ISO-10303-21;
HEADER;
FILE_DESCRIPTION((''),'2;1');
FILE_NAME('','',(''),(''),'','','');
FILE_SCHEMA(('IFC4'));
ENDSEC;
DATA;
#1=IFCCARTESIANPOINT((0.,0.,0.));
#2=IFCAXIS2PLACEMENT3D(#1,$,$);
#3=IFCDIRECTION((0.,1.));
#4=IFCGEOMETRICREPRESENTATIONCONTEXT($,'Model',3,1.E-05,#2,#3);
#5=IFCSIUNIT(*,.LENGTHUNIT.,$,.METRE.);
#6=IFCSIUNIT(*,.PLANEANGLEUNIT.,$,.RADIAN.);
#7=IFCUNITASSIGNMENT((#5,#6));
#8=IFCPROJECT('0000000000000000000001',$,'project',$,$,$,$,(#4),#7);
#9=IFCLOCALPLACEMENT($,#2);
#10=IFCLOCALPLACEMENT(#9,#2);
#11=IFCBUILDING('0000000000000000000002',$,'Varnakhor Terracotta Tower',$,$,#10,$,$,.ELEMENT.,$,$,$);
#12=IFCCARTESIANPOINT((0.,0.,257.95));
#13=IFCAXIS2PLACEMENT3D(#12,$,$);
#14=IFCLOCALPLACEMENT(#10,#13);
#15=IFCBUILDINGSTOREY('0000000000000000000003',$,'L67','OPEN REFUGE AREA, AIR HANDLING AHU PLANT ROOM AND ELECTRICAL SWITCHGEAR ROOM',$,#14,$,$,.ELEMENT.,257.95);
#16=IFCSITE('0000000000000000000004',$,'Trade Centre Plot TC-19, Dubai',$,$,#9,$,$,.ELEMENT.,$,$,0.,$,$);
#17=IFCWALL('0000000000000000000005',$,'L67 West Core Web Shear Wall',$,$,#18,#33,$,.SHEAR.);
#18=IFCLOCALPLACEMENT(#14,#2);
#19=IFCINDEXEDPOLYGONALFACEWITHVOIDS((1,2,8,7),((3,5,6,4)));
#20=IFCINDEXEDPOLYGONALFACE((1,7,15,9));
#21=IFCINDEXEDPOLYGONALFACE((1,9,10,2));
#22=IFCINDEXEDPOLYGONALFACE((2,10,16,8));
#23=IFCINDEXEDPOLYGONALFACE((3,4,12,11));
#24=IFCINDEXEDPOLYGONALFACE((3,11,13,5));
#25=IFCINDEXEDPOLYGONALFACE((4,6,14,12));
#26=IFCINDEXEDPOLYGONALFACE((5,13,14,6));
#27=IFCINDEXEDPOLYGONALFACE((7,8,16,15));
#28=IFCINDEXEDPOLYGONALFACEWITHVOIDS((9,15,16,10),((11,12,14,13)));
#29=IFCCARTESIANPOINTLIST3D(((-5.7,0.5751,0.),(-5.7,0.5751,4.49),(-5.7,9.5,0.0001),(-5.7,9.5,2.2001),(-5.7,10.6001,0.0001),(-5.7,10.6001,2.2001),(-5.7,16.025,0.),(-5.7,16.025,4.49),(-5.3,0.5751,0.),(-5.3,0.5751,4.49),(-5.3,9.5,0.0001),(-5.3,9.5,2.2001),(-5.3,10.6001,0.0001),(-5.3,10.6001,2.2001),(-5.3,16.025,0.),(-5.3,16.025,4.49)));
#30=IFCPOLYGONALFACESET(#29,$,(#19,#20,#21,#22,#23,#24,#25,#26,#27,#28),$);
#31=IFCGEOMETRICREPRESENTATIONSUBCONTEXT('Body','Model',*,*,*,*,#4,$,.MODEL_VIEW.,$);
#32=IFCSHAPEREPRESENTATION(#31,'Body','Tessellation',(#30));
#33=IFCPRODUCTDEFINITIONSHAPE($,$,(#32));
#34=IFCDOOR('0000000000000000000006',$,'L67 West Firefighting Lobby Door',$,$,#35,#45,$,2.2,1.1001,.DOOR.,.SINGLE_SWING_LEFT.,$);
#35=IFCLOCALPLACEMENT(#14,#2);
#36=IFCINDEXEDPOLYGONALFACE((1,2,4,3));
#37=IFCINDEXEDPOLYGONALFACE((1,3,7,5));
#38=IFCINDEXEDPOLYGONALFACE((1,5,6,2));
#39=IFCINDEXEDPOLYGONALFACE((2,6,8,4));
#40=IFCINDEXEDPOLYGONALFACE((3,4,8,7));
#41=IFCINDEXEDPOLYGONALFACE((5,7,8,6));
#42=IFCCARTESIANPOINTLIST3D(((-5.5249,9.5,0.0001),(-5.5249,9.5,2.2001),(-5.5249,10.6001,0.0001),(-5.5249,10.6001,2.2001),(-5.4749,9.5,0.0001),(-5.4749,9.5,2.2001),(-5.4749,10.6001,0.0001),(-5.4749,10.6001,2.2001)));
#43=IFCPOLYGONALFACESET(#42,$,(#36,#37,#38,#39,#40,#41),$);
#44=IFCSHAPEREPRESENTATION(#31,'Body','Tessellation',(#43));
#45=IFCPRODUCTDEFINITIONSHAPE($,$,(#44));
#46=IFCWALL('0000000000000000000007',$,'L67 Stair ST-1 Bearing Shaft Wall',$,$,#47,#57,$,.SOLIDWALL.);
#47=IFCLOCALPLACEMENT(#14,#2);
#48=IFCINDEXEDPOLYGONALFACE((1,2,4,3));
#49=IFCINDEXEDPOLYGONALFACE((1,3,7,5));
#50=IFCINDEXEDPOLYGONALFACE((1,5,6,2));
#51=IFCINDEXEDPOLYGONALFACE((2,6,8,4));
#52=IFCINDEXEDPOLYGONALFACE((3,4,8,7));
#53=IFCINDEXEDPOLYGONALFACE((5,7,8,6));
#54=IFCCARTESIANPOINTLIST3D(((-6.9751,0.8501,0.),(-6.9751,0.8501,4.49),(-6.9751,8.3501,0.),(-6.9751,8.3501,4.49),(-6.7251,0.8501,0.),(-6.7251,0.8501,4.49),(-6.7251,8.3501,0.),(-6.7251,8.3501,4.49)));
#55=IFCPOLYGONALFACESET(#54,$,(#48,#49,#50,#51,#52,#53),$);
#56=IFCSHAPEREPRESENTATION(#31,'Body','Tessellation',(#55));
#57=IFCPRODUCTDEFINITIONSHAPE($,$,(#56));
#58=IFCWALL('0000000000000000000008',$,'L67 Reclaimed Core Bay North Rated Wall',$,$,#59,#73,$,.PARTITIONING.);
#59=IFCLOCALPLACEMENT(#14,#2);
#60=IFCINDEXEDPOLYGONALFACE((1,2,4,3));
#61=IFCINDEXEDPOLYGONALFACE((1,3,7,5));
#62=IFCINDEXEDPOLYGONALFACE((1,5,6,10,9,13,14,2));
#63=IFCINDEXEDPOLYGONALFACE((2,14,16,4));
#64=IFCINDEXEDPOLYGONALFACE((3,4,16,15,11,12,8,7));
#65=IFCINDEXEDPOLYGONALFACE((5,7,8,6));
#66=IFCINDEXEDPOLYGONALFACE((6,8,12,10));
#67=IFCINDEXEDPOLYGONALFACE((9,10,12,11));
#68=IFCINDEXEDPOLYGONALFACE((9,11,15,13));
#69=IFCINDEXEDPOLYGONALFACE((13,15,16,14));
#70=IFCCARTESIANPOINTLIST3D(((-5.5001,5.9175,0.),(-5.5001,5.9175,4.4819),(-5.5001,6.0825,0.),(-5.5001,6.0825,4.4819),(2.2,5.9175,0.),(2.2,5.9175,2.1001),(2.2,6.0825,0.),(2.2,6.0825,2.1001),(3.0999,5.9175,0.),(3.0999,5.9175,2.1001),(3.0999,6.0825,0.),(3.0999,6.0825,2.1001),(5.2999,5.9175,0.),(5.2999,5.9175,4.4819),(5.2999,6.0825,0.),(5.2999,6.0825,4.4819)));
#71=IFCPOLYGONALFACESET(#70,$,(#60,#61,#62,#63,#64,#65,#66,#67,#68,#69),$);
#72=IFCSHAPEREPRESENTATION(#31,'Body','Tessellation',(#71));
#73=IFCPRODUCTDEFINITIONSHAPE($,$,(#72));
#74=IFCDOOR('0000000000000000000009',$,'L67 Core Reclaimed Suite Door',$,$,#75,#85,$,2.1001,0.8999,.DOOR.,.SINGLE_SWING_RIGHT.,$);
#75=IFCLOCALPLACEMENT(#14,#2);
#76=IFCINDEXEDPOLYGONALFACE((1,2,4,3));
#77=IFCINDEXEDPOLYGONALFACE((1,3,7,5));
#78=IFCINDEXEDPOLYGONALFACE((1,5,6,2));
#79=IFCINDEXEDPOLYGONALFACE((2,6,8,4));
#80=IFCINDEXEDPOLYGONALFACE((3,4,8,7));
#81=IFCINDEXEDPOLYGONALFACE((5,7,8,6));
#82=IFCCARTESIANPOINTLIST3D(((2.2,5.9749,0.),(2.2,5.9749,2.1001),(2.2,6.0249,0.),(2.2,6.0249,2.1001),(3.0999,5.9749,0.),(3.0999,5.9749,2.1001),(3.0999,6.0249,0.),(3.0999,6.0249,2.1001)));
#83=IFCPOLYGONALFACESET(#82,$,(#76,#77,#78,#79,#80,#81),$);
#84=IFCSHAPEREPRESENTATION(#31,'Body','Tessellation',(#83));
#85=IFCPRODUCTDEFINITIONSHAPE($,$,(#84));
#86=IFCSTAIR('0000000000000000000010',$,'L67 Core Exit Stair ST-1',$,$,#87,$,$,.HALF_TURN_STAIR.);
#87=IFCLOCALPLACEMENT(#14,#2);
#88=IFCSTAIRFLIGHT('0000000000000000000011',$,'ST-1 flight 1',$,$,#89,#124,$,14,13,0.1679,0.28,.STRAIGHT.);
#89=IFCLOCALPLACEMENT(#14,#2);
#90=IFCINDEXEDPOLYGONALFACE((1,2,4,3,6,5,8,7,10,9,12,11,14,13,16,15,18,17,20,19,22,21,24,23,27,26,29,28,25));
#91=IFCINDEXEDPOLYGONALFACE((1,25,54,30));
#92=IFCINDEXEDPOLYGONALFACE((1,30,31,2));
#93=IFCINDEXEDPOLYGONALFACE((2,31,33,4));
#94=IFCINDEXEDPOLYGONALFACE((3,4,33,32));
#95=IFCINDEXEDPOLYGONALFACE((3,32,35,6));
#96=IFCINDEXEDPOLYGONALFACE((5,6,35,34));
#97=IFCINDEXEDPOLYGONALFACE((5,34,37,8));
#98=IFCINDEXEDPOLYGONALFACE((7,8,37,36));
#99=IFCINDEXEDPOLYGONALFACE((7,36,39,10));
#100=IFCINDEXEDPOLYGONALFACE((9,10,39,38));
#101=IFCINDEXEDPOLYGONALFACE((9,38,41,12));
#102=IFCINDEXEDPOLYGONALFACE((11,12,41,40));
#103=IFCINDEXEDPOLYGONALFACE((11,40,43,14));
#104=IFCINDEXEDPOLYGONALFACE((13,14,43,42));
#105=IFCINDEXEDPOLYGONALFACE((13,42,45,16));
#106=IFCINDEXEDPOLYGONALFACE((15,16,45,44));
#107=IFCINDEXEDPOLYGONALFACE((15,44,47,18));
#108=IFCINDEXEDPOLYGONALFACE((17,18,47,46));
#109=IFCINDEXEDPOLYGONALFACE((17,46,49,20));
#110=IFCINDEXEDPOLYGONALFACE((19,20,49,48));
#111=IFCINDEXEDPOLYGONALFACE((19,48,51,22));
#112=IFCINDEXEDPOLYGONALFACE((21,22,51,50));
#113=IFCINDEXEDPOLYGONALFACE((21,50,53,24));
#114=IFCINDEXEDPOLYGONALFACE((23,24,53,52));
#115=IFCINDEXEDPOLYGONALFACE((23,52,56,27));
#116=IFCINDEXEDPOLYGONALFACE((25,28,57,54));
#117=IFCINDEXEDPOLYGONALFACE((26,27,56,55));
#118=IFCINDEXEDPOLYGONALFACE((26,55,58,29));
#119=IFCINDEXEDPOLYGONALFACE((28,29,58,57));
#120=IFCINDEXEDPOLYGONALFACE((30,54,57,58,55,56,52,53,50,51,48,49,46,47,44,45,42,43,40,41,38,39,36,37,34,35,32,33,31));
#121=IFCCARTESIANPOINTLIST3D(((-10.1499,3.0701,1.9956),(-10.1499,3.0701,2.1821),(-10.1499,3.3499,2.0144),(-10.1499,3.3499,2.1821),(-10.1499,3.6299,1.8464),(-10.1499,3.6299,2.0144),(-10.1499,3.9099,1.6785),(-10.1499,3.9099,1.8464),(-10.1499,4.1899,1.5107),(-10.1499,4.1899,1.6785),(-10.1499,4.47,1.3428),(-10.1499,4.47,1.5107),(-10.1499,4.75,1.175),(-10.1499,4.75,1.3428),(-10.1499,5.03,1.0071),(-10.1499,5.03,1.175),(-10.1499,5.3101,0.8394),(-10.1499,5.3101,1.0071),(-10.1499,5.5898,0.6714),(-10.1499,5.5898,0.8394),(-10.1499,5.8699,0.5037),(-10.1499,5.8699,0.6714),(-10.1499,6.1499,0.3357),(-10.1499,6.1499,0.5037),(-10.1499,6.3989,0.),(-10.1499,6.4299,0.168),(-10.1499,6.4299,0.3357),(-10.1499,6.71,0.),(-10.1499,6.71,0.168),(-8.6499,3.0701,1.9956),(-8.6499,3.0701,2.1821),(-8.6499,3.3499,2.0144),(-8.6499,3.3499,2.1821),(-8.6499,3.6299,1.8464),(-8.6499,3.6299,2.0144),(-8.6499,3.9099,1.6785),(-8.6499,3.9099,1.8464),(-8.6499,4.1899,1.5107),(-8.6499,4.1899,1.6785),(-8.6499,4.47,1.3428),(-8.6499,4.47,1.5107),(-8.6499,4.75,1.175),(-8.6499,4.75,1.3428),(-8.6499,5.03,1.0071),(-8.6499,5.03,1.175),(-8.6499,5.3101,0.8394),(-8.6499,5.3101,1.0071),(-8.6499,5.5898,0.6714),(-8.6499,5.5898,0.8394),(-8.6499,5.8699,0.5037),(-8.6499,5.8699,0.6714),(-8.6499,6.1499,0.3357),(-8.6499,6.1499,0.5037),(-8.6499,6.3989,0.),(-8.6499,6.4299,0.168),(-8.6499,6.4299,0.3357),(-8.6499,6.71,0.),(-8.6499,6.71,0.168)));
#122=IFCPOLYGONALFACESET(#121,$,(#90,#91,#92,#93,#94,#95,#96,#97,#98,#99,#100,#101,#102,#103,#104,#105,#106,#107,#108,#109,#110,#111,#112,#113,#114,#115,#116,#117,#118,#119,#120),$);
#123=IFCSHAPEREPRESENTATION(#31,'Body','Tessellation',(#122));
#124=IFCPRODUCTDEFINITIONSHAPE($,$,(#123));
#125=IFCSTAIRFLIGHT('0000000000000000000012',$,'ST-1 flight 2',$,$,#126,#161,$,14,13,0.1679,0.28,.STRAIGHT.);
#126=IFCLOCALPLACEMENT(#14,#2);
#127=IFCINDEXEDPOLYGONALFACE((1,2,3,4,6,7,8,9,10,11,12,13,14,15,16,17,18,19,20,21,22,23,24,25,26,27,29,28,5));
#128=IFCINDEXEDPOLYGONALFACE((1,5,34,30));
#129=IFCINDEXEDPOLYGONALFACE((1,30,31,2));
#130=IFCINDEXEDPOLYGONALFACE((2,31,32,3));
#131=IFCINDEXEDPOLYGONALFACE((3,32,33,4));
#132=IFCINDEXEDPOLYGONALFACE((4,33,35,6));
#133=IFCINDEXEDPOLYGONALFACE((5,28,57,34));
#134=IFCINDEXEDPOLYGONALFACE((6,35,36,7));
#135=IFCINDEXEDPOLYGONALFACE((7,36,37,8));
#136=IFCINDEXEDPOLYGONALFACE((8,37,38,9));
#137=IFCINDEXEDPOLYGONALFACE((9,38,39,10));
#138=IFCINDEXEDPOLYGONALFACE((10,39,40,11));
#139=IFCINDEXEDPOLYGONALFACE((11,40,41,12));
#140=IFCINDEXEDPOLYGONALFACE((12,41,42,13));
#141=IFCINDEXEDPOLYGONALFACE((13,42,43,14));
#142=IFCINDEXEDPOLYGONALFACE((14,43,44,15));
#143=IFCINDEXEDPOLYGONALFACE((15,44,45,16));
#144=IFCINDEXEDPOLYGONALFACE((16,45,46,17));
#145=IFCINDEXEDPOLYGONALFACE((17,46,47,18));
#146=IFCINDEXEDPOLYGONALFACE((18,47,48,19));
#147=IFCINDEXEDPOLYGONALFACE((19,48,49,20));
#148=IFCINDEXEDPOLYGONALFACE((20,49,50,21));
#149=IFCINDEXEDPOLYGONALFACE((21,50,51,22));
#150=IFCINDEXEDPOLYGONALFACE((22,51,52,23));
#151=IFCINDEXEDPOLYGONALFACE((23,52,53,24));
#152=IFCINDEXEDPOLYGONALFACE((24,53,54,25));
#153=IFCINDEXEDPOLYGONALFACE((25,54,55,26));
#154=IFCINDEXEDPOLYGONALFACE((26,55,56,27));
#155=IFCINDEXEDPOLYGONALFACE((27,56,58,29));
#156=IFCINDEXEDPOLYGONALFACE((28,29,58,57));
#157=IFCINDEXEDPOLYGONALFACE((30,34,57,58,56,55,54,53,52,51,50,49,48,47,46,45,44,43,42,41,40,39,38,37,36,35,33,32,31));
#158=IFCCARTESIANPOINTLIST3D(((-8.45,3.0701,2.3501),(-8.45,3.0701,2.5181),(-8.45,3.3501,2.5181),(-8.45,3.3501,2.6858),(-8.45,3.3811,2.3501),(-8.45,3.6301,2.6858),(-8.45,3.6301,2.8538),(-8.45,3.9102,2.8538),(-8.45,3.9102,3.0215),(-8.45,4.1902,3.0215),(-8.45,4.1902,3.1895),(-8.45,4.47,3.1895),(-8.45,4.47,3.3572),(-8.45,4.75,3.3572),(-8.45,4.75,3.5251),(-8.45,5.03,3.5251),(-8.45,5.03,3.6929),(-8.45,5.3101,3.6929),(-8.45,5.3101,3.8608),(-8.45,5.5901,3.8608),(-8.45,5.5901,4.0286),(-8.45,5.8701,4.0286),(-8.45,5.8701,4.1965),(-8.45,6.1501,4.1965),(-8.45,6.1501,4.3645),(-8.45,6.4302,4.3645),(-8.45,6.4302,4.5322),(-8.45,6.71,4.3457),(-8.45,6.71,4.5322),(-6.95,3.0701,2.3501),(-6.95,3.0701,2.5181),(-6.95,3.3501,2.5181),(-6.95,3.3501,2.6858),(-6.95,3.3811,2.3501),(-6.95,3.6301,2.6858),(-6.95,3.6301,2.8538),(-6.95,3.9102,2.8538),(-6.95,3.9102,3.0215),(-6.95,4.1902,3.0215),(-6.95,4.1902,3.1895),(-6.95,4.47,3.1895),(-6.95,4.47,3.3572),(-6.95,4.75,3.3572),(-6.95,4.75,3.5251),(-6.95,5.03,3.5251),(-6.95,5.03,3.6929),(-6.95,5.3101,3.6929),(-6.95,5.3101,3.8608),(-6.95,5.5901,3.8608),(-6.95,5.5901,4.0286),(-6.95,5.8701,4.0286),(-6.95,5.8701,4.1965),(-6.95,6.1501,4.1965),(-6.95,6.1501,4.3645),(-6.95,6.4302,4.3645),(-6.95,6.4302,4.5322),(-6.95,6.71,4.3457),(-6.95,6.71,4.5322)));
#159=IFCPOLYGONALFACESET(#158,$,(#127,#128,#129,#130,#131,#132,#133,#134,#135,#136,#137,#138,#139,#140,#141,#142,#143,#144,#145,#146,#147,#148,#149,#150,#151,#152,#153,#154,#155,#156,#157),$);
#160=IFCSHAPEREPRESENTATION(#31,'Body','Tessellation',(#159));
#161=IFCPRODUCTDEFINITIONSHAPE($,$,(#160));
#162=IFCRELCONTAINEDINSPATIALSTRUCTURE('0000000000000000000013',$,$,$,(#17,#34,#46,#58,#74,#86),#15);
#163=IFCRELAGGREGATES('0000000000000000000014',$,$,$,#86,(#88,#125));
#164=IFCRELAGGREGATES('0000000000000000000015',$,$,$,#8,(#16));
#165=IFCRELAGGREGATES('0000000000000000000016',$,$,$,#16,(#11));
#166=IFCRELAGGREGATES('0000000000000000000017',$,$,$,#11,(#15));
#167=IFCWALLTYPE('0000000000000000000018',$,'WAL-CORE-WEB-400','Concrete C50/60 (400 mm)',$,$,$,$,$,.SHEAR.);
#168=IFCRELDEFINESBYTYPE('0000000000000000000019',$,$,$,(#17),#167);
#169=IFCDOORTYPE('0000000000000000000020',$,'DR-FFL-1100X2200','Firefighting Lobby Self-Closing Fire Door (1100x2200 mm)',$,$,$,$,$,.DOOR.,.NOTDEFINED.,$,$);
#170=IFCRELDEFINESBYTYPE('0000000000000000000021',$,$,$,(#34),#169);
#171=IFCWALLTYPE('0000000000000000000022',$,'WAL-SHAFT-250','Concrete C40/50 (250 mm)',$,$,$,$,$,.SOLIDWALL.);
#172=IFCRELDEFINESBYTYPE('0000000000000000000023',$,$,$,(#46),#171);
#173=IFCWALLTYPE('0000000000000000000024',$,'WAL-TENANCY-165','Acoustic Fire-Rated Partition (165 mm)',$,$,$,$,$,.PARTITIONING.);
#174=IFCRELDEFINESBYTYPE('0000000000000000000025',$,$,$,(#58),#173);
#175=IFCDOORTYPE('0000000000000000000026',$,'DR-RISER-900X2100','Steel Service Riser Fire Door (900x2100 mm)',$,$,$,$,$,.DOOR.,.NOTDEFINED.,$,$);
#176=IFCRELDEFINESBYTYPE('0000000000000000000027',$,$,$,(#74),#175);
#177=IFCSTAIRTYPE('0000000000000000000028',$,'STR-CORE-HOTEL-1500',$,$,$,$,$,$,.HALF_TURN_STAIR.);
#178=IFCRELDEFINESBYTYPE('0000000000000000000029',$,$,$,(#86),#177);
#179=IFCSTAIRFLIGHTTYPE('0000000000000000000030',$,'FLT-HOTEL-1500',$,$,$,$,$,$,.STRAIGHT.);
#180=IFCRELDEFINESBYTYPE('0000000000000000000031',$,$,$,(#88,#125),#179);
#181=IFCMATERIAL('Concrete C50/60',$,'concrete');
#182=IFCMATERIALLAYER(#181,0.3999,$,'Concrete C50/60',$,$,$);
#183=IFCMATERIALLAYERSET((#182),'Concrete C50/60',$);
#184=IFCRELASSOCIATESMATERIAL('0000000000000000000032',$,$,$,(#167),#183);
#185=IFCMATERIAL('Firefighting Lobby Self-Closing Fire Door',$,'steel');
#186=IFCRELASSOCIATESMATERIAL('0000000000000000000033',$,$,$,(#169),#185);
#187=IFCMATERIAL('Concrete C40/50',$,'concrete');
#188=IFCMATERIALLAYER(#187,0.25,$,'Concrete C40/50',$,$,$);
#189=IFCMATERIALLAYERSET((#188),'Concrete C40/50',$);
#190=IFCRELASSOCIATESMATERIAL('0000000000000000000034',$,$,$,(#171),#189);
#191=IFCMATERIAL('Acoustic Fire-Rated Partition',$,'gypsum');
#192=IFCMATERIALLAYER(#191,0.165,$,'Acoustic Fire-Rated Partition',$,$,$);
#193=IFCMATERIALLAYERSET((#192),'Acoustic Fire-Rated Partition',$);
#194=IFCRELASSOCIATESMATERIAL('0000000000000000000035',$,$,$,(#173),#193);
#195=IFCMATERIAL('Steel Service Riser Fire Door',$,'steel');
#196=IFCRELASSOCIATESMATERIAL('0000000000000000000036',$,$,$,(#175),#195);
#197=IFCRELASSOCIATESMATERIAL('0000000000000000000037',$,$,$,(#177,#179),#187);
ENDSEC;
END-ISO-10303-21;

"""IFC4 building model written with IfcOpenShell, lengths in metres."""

from ifc_helpers import new_model, si_unit, direction, frame, frame_2d, origin, place, context, subcontext, project, spatial, polyline, rectangle, outline, extrude, source, transform, mapped, material, layer, layer_set, type_object, type_shapes, element, fill, aggregate, save


model = new_model("IFC4")

# Units and contexts
model_context = context("Model", 3, precision=1e-05, world=origin(), true_north=direction((0.0, 1.0)))
body_context = subcontext(model_context, "Body", "Model", "MODEL_VIEW")
ifc_project = project(units=[si_unit("LENGTHUNIT", "METRE"), si_unit("PLANEANGLEUNIT", "RADIAN")], contexts=[model_context])

# Site, building, storey
site_placement = place(None, origin())
site = spatial("IfcSite", under=ifc_project, at=site_placement, Name="Trade Centre Plot TC-19, Dubai", CompositionType="ELEMENT", RefElevation=0.0)
building_placement = place(site_placement, origin())
building = spatial("IfcBuilding", under=site, at=building_placement, Name="Varnakhor Terracotta Tower", CompositionType="ELEMENT")
storey_placement = place(building_placement, frame((0.0, 0.0, 257.95)))
storey = spatial("IfcBuildingStorey", under=building, at=storey_placement, Name="L67", Description="OPEN REFUGE AREA, AIR HANDLING AHU PLANT ROOM AND ELECTRICAL SWITCHGEAR ROOM", CompositionType="ELEMENT", Elevation=257.95)

# Shared definitions
ifc_material_1 = material(Name="Concrete C50/60", Category="concrete")

# Wall, opening, door
ifc_layer_1 = layer(ifc_material_1, 0.3999, Name="Concrete C50/60")
ifc_layer_set_1 = layer_set([ifc_layer_1], Name="Concrete C50/60")
wall_type_1 = type_object("IfcWallType", Name="WAL-CORE-WEB-400", Description="Concrete C50/60 (400 mm)", PredefinedType="SHEAR", material=ifc_layer_set_1)
wall_1_placement = place(storey_placement, frame((-5.5, 0.575, 0.0), z_axis=(0.0, 0.0, 1.0), x_axis=(0.0, 1.0, 0.0)))
wall_1 = element("IfcWall", 1, at=wall_1_placement, inside=storey, type_object=wall_type_1, Name="L67 West Core Web Shear Wall", PredefinedType="SHEAR", context=body_context, shape_type="SweptSolid", body=[
    extrude(rectangle(XDim=15.45, YDim=0.3999, at=frame_2d((7.7251, 0.0))), origin(), (0.0, 0.0, 1.0), 4.49),
])
opening_1_placement = place(wall_1_placement, frame((8.925, 0.0, 0.0)))
opening_1 = element("IfcOpeningElement", 2, at=opening_1_placement, cuts=wall_1, PredefinedType="OPENING", context=body_context, shape_type="SweptSolid", body=[
    extrude(rectangle(XDim=1.1001, YDim=2.2, at=frame_2d((0.55, 1.1001))), frame((0.0, 0.21, 0.0), z_axis=(0.0, -1.0, 0.0), x_axis=(1.0, 0.0, 0.0)), (0.0, 0.0, 1.0), 0.4199),
])
ifc_material_2 = material(Name="Firefighting Lobby Self-Closing Fire Door", Category="steel")
door_type_1 = type_object("IfcDoorType", Name="DR-FFL-1100X2200", Description="Firefighting Lobby Self-Closing Fire Door (1100x2200 mm)", OperationType="NOTDEFINED", PredefinedType="DOOR", material=ifc_material_2)
shared_shape_1 = source(origin(), body_context, "Body", "SweptSolid", [
    extrude(rectangle(XDim=1.1001, YDim=2.2, at=frame_2d((0.55, 1.1001))), frame((0.0, 0.0249, 0.0), z_axis=(0.0, -1.0, 0.0), x_axis=(1.0, 0.0, 0.0)), (0.0, 0.0, 1.0), 0.05),
])
type_shapes(door_type_1, [shared_shape_1])
door_1_placement = place(opening_1_placement, origin())
door_1 = element("IfcDoor", 3, at=door_1_placement, inside=storey, type_object=door_type_1, Name="L67 West Firefighting Lobby Door", OperationType="SINGLE_SWING_LEFT", OverallHeight=2.2, OverallWidth=1.1001, PredefinedType="DOOR", context=body_context, shape_type="MappedRepresentation", body=[
    mapped(shared_shape_1, transform((0.0, 0.0, 0.0), scale=1.0)),
])
fill(opening_1, door_1)

# Wall
ifc_material_3 = material(Name="Concrete C40/50", Category="concrete")
ifc_layer_2 = layer(ifc_material_3, 0.25, Name="Concrete C40/50")
ifc_layer_set_2 = layer_set([ifc_layer_2], Name="Concrete C40/50")
wall_type_2 = type_object("IfcWallType", Name="WAL-SHAFT-250", Description="Concrete C40/50 (250 mm)", PredefinedType="SOLIDWALL", material=ifc_layer_set_2)
wall_2_placement = place(storey_placement, frame((-6.8501, 0.8501, 0.0), z_axis=(0.0, 0.0, 1.0), x_axis=(0.0, 1.0, 0.0)))
element("IfcWall", 4, at=wall_2_placement, inside=storey, type_object=wall_type_2, Name="L67 Stair ST-1 Bearing Shaft Wall", PredefinedType="SOLIDWALL", context=body_context, shape_type="SweptSolid", body=[
    extrude(rectangle(XDim=7.5, YDim=0.25, at=frame_2d((3.75, 0.0))), origin(), (0.0, 0.0, 1.0), 4.49),
])

# Wall, opening, door
ifc_material_4 = material(Name="Acoustic Fire-Rated Partition", Category="gypsum")
ifc_layer_3 = layer(ifc_material_4, 0.165, Name="Acoustic Fire-Rated Partition")
ifc_layer_set_3 = layer_set([ifc_layer_3], Name="Acoustic Fire-Rated Partition")
wall_type_3 = type_object("IfcWallType", Name="WAL-TENANCY-165", Description="Acoustic Fire-Rated Partition (165 mm)", PredefinedType="PARTITIONING", material=ifc_layer_set_3)
wall_3_placement = place(storey_placement, frame((-5.5, 6.0, 0.0), z_axis=(0.0, 0.0, 1.0), x_axis=(1.0, 0.0, 0.0)))
wall_3 = element("IfcWall", 5, at=wall_3_placement, inside=storey, type_object=wall_type_3, Name="L67 Reclaimed Core Bay North Rated Wall", PredefinedType="PARTITIONING", context=body_context, shape_type="SweptSolid", body=[
    extrude(rectangle(XDim=10.8, YDim=0.165, at=frame_2d((5.3999, 0.0))), origin(), (0.0, 0.0, 1.0), 4.4819),
])
opening_2_placement = place(wall_3_placement, frame((7.7, 0.0, 0.0)))
opening_2 = element("IfcOpeningElement", 6, at=opening_2_placement, cuts=wall_3, PredefinedType="OPENING", context=body_context, shape_type="SweptSolid", body=[
    extrude(rectangle(XDim=0.8999, YDim=2.1001, at=frame_2d((0.45, 1.05))), frame((0.0, 0.0925, 0.0), z_axis=(0.0, -1.0, 0.0), x_axis=(1.0, 0.0, 0.0)), (0.0, 0.0, 1.0), 0.1851),
])
ifc_material_5 = material(Name="Steel Service Riser Fire Door", Category="steel")
door_type_2 = type_object("IfcDoorType", Name="DR-RISER-900X2100", Description="Steel Service Riser Fire Door (900x2100 mm)", OperationType="NOTDEFINED", PredefinedType="DOOR", material=ifc_material_5)
shared_shape_2 = source(origin(), body_context, "Body", "SweptSolid", [
    extrude(rectangle(XDim=0.8999, YDim=2.1001, at=frame_2d((0.45, 1.05))), frame((0.0, 0.0249, 0.0), z_axis=(0.0, -1.0, 0.0), x_axis=(1.0, 0.0, 0.0)), (0.0, 0.0, 1.0), 0.05),
])
type_shapes(door_type_2, [shared_shape_2])
door_2_placement = place(opening_2_placement, origin())
door_2 = element("IfcDoor", 7, at=door_2_placement, inside=storey, type_object=door_type_2, Name="L67 Core Reclaimed Suite Door", OperationType="SINGLE_SWING_RIGHT", OverallHeight=2.1001, OverallWidth=0.8999, PredefinedType="DOOR", context=body_context, shape_type="MappedRepresentation", body=[
    mapped(shared_shape_2, transform((0.0, 0.0, 0.0), scale=1.0)),
])
fill(opening_2, door_2)

# Stair, stair flights
stair_type = type_object("IfcStairType", Name="STR-CORE-HOTEL-1500", PredefinedType="HALF_TURN_STAIR", material=ifc_material_3)
stair_placement = place(storey_placement, origin())
stair = element("IfcStair", 8, at=stair_placement, inside=storey, type_object=stair_type, Name="L67 Core Exit Stair ST-1", PredefinedType="HALF_TURN_STAIR")
stair_flight_type = type_object("IfcStairFlightType", Name="FLT-HOTEL-1500", PredefinedType="STRAIGHT", material=ifc_material_3)
stair_flight_1_placement = place(storey_placement, frame((-9.3999, 6.71, 0.0), z_axis=(0.0, 0.0, 1.0), x_axis=(0.0, -1.0, 0.0)))
stair_flight_1 = element("IfcStairFlight", 9, at=stair_flight_1_placement, type_object=stair_flight_type, Name="ST-1 flight 1", NumberOfRisers=14, NumberOfTreads=13, PredefinedType="STRAIGHT", RiserHeight=0.1679, TreadLength=0.28, context=body_context, shape_type="SweptSolid", body=[
    extrude(outline(polyline([(0.0, 0.0), (0.0, 0.168), (0.28, 0.168), (0.28, 0.3357), (0.5601, 0.3357), (0.5601, 0.5037), (0.8401, 0.5037), (0.8401, 0.6714), (1.1201, 0.6714), (1.1201, 0.8394), (1.3999, 0.8394), (1.3999, 1.0071), (1.6799, 1.0071), (1.6799, 1.175), (1.96, 1.175), (1.96, 1.3428), (2.24, 1.3428), (2.24, 1.5107), (2.52, 1.5107), (2.52, 1.6785), (2.8, 1.6785), (2.8, 1.8464), (3.0801, 1.8464), (3.0801, 2.0144), (3.3601, 2.0144), (3.3601, 2.1821), (3.6399, 2.1821), (3.6399, 2.3501), (3.6399, 1.9956), (0.311, 0.0), (0.0, 0.0)])), frame((0.0, 0.75, 0.0), z_axis=(0.0, -1.0, 0.0), x_axis=(1.0, 0.0, 0.0)), (0.0, 0.0, 1.0), 1.5),
])
stair_flight_2_placement = place(storey_placement, frame((-7.7, 3.0701, 2.3501), z_axis=(0.0, 0.0, 1.0), x_axis=(0.0, 1.0, 0.0)))
stair_flight_2 = element("IfcStairFlight", 10, at=stair_flight_2_placement, type_object=stair_flight_type, Name="ST-1 flight 2", NumberOfRisers=14, NumberOfTreads=13, PredefinedType="STRAIGHT", RiserHeight=0.1679, TreadLength=0.28, context=body_context, shape_type="SweptSolid", body=[
    extrude(outline(polyline([(0.0, 0.0), (0.0, 0.168), (0.28, 0.168), (0.28, 0.3357), (0.5601, 0.3357), (0.5601, 0.5037), (0.8401, 0.5037), (0.8401, 0.6714), (1.1201, 0.6714), (1.1201, 0.8394), (1.3999, 0.8394), (1.3999, 1.0071), (1.6799, 1.0071), (1.6799, 1.175), (1.96, 1.175), (1.96, 1.3428), (2.24, 1.3428), (2.24, 1.5107), (2.52, 1.5107), (2.52, 1.6785), (2.8, 1.6785), (2.8, 1.8464), (3.0801, 1.8464), (3.0801, 2.0144), (3.3601, 2.0144), (3.3601, 2.1821), (3.6399, 2.1821), (3.6399, 2.3501), (3.6399, 1.9956), (0.311, 0.0), (0.0, 0.0)])), frame((0.0, 0.75, 0.0), z_axis=(0.0, -1.0, 0.0), x_axis=(1.0, 0.0, 0.0)), (0.0, 0.0, 1.0), 1.5),
])
aggregate(stair, [stair_flight_1, stair_flight_2])

save(model, "model.ifc")
